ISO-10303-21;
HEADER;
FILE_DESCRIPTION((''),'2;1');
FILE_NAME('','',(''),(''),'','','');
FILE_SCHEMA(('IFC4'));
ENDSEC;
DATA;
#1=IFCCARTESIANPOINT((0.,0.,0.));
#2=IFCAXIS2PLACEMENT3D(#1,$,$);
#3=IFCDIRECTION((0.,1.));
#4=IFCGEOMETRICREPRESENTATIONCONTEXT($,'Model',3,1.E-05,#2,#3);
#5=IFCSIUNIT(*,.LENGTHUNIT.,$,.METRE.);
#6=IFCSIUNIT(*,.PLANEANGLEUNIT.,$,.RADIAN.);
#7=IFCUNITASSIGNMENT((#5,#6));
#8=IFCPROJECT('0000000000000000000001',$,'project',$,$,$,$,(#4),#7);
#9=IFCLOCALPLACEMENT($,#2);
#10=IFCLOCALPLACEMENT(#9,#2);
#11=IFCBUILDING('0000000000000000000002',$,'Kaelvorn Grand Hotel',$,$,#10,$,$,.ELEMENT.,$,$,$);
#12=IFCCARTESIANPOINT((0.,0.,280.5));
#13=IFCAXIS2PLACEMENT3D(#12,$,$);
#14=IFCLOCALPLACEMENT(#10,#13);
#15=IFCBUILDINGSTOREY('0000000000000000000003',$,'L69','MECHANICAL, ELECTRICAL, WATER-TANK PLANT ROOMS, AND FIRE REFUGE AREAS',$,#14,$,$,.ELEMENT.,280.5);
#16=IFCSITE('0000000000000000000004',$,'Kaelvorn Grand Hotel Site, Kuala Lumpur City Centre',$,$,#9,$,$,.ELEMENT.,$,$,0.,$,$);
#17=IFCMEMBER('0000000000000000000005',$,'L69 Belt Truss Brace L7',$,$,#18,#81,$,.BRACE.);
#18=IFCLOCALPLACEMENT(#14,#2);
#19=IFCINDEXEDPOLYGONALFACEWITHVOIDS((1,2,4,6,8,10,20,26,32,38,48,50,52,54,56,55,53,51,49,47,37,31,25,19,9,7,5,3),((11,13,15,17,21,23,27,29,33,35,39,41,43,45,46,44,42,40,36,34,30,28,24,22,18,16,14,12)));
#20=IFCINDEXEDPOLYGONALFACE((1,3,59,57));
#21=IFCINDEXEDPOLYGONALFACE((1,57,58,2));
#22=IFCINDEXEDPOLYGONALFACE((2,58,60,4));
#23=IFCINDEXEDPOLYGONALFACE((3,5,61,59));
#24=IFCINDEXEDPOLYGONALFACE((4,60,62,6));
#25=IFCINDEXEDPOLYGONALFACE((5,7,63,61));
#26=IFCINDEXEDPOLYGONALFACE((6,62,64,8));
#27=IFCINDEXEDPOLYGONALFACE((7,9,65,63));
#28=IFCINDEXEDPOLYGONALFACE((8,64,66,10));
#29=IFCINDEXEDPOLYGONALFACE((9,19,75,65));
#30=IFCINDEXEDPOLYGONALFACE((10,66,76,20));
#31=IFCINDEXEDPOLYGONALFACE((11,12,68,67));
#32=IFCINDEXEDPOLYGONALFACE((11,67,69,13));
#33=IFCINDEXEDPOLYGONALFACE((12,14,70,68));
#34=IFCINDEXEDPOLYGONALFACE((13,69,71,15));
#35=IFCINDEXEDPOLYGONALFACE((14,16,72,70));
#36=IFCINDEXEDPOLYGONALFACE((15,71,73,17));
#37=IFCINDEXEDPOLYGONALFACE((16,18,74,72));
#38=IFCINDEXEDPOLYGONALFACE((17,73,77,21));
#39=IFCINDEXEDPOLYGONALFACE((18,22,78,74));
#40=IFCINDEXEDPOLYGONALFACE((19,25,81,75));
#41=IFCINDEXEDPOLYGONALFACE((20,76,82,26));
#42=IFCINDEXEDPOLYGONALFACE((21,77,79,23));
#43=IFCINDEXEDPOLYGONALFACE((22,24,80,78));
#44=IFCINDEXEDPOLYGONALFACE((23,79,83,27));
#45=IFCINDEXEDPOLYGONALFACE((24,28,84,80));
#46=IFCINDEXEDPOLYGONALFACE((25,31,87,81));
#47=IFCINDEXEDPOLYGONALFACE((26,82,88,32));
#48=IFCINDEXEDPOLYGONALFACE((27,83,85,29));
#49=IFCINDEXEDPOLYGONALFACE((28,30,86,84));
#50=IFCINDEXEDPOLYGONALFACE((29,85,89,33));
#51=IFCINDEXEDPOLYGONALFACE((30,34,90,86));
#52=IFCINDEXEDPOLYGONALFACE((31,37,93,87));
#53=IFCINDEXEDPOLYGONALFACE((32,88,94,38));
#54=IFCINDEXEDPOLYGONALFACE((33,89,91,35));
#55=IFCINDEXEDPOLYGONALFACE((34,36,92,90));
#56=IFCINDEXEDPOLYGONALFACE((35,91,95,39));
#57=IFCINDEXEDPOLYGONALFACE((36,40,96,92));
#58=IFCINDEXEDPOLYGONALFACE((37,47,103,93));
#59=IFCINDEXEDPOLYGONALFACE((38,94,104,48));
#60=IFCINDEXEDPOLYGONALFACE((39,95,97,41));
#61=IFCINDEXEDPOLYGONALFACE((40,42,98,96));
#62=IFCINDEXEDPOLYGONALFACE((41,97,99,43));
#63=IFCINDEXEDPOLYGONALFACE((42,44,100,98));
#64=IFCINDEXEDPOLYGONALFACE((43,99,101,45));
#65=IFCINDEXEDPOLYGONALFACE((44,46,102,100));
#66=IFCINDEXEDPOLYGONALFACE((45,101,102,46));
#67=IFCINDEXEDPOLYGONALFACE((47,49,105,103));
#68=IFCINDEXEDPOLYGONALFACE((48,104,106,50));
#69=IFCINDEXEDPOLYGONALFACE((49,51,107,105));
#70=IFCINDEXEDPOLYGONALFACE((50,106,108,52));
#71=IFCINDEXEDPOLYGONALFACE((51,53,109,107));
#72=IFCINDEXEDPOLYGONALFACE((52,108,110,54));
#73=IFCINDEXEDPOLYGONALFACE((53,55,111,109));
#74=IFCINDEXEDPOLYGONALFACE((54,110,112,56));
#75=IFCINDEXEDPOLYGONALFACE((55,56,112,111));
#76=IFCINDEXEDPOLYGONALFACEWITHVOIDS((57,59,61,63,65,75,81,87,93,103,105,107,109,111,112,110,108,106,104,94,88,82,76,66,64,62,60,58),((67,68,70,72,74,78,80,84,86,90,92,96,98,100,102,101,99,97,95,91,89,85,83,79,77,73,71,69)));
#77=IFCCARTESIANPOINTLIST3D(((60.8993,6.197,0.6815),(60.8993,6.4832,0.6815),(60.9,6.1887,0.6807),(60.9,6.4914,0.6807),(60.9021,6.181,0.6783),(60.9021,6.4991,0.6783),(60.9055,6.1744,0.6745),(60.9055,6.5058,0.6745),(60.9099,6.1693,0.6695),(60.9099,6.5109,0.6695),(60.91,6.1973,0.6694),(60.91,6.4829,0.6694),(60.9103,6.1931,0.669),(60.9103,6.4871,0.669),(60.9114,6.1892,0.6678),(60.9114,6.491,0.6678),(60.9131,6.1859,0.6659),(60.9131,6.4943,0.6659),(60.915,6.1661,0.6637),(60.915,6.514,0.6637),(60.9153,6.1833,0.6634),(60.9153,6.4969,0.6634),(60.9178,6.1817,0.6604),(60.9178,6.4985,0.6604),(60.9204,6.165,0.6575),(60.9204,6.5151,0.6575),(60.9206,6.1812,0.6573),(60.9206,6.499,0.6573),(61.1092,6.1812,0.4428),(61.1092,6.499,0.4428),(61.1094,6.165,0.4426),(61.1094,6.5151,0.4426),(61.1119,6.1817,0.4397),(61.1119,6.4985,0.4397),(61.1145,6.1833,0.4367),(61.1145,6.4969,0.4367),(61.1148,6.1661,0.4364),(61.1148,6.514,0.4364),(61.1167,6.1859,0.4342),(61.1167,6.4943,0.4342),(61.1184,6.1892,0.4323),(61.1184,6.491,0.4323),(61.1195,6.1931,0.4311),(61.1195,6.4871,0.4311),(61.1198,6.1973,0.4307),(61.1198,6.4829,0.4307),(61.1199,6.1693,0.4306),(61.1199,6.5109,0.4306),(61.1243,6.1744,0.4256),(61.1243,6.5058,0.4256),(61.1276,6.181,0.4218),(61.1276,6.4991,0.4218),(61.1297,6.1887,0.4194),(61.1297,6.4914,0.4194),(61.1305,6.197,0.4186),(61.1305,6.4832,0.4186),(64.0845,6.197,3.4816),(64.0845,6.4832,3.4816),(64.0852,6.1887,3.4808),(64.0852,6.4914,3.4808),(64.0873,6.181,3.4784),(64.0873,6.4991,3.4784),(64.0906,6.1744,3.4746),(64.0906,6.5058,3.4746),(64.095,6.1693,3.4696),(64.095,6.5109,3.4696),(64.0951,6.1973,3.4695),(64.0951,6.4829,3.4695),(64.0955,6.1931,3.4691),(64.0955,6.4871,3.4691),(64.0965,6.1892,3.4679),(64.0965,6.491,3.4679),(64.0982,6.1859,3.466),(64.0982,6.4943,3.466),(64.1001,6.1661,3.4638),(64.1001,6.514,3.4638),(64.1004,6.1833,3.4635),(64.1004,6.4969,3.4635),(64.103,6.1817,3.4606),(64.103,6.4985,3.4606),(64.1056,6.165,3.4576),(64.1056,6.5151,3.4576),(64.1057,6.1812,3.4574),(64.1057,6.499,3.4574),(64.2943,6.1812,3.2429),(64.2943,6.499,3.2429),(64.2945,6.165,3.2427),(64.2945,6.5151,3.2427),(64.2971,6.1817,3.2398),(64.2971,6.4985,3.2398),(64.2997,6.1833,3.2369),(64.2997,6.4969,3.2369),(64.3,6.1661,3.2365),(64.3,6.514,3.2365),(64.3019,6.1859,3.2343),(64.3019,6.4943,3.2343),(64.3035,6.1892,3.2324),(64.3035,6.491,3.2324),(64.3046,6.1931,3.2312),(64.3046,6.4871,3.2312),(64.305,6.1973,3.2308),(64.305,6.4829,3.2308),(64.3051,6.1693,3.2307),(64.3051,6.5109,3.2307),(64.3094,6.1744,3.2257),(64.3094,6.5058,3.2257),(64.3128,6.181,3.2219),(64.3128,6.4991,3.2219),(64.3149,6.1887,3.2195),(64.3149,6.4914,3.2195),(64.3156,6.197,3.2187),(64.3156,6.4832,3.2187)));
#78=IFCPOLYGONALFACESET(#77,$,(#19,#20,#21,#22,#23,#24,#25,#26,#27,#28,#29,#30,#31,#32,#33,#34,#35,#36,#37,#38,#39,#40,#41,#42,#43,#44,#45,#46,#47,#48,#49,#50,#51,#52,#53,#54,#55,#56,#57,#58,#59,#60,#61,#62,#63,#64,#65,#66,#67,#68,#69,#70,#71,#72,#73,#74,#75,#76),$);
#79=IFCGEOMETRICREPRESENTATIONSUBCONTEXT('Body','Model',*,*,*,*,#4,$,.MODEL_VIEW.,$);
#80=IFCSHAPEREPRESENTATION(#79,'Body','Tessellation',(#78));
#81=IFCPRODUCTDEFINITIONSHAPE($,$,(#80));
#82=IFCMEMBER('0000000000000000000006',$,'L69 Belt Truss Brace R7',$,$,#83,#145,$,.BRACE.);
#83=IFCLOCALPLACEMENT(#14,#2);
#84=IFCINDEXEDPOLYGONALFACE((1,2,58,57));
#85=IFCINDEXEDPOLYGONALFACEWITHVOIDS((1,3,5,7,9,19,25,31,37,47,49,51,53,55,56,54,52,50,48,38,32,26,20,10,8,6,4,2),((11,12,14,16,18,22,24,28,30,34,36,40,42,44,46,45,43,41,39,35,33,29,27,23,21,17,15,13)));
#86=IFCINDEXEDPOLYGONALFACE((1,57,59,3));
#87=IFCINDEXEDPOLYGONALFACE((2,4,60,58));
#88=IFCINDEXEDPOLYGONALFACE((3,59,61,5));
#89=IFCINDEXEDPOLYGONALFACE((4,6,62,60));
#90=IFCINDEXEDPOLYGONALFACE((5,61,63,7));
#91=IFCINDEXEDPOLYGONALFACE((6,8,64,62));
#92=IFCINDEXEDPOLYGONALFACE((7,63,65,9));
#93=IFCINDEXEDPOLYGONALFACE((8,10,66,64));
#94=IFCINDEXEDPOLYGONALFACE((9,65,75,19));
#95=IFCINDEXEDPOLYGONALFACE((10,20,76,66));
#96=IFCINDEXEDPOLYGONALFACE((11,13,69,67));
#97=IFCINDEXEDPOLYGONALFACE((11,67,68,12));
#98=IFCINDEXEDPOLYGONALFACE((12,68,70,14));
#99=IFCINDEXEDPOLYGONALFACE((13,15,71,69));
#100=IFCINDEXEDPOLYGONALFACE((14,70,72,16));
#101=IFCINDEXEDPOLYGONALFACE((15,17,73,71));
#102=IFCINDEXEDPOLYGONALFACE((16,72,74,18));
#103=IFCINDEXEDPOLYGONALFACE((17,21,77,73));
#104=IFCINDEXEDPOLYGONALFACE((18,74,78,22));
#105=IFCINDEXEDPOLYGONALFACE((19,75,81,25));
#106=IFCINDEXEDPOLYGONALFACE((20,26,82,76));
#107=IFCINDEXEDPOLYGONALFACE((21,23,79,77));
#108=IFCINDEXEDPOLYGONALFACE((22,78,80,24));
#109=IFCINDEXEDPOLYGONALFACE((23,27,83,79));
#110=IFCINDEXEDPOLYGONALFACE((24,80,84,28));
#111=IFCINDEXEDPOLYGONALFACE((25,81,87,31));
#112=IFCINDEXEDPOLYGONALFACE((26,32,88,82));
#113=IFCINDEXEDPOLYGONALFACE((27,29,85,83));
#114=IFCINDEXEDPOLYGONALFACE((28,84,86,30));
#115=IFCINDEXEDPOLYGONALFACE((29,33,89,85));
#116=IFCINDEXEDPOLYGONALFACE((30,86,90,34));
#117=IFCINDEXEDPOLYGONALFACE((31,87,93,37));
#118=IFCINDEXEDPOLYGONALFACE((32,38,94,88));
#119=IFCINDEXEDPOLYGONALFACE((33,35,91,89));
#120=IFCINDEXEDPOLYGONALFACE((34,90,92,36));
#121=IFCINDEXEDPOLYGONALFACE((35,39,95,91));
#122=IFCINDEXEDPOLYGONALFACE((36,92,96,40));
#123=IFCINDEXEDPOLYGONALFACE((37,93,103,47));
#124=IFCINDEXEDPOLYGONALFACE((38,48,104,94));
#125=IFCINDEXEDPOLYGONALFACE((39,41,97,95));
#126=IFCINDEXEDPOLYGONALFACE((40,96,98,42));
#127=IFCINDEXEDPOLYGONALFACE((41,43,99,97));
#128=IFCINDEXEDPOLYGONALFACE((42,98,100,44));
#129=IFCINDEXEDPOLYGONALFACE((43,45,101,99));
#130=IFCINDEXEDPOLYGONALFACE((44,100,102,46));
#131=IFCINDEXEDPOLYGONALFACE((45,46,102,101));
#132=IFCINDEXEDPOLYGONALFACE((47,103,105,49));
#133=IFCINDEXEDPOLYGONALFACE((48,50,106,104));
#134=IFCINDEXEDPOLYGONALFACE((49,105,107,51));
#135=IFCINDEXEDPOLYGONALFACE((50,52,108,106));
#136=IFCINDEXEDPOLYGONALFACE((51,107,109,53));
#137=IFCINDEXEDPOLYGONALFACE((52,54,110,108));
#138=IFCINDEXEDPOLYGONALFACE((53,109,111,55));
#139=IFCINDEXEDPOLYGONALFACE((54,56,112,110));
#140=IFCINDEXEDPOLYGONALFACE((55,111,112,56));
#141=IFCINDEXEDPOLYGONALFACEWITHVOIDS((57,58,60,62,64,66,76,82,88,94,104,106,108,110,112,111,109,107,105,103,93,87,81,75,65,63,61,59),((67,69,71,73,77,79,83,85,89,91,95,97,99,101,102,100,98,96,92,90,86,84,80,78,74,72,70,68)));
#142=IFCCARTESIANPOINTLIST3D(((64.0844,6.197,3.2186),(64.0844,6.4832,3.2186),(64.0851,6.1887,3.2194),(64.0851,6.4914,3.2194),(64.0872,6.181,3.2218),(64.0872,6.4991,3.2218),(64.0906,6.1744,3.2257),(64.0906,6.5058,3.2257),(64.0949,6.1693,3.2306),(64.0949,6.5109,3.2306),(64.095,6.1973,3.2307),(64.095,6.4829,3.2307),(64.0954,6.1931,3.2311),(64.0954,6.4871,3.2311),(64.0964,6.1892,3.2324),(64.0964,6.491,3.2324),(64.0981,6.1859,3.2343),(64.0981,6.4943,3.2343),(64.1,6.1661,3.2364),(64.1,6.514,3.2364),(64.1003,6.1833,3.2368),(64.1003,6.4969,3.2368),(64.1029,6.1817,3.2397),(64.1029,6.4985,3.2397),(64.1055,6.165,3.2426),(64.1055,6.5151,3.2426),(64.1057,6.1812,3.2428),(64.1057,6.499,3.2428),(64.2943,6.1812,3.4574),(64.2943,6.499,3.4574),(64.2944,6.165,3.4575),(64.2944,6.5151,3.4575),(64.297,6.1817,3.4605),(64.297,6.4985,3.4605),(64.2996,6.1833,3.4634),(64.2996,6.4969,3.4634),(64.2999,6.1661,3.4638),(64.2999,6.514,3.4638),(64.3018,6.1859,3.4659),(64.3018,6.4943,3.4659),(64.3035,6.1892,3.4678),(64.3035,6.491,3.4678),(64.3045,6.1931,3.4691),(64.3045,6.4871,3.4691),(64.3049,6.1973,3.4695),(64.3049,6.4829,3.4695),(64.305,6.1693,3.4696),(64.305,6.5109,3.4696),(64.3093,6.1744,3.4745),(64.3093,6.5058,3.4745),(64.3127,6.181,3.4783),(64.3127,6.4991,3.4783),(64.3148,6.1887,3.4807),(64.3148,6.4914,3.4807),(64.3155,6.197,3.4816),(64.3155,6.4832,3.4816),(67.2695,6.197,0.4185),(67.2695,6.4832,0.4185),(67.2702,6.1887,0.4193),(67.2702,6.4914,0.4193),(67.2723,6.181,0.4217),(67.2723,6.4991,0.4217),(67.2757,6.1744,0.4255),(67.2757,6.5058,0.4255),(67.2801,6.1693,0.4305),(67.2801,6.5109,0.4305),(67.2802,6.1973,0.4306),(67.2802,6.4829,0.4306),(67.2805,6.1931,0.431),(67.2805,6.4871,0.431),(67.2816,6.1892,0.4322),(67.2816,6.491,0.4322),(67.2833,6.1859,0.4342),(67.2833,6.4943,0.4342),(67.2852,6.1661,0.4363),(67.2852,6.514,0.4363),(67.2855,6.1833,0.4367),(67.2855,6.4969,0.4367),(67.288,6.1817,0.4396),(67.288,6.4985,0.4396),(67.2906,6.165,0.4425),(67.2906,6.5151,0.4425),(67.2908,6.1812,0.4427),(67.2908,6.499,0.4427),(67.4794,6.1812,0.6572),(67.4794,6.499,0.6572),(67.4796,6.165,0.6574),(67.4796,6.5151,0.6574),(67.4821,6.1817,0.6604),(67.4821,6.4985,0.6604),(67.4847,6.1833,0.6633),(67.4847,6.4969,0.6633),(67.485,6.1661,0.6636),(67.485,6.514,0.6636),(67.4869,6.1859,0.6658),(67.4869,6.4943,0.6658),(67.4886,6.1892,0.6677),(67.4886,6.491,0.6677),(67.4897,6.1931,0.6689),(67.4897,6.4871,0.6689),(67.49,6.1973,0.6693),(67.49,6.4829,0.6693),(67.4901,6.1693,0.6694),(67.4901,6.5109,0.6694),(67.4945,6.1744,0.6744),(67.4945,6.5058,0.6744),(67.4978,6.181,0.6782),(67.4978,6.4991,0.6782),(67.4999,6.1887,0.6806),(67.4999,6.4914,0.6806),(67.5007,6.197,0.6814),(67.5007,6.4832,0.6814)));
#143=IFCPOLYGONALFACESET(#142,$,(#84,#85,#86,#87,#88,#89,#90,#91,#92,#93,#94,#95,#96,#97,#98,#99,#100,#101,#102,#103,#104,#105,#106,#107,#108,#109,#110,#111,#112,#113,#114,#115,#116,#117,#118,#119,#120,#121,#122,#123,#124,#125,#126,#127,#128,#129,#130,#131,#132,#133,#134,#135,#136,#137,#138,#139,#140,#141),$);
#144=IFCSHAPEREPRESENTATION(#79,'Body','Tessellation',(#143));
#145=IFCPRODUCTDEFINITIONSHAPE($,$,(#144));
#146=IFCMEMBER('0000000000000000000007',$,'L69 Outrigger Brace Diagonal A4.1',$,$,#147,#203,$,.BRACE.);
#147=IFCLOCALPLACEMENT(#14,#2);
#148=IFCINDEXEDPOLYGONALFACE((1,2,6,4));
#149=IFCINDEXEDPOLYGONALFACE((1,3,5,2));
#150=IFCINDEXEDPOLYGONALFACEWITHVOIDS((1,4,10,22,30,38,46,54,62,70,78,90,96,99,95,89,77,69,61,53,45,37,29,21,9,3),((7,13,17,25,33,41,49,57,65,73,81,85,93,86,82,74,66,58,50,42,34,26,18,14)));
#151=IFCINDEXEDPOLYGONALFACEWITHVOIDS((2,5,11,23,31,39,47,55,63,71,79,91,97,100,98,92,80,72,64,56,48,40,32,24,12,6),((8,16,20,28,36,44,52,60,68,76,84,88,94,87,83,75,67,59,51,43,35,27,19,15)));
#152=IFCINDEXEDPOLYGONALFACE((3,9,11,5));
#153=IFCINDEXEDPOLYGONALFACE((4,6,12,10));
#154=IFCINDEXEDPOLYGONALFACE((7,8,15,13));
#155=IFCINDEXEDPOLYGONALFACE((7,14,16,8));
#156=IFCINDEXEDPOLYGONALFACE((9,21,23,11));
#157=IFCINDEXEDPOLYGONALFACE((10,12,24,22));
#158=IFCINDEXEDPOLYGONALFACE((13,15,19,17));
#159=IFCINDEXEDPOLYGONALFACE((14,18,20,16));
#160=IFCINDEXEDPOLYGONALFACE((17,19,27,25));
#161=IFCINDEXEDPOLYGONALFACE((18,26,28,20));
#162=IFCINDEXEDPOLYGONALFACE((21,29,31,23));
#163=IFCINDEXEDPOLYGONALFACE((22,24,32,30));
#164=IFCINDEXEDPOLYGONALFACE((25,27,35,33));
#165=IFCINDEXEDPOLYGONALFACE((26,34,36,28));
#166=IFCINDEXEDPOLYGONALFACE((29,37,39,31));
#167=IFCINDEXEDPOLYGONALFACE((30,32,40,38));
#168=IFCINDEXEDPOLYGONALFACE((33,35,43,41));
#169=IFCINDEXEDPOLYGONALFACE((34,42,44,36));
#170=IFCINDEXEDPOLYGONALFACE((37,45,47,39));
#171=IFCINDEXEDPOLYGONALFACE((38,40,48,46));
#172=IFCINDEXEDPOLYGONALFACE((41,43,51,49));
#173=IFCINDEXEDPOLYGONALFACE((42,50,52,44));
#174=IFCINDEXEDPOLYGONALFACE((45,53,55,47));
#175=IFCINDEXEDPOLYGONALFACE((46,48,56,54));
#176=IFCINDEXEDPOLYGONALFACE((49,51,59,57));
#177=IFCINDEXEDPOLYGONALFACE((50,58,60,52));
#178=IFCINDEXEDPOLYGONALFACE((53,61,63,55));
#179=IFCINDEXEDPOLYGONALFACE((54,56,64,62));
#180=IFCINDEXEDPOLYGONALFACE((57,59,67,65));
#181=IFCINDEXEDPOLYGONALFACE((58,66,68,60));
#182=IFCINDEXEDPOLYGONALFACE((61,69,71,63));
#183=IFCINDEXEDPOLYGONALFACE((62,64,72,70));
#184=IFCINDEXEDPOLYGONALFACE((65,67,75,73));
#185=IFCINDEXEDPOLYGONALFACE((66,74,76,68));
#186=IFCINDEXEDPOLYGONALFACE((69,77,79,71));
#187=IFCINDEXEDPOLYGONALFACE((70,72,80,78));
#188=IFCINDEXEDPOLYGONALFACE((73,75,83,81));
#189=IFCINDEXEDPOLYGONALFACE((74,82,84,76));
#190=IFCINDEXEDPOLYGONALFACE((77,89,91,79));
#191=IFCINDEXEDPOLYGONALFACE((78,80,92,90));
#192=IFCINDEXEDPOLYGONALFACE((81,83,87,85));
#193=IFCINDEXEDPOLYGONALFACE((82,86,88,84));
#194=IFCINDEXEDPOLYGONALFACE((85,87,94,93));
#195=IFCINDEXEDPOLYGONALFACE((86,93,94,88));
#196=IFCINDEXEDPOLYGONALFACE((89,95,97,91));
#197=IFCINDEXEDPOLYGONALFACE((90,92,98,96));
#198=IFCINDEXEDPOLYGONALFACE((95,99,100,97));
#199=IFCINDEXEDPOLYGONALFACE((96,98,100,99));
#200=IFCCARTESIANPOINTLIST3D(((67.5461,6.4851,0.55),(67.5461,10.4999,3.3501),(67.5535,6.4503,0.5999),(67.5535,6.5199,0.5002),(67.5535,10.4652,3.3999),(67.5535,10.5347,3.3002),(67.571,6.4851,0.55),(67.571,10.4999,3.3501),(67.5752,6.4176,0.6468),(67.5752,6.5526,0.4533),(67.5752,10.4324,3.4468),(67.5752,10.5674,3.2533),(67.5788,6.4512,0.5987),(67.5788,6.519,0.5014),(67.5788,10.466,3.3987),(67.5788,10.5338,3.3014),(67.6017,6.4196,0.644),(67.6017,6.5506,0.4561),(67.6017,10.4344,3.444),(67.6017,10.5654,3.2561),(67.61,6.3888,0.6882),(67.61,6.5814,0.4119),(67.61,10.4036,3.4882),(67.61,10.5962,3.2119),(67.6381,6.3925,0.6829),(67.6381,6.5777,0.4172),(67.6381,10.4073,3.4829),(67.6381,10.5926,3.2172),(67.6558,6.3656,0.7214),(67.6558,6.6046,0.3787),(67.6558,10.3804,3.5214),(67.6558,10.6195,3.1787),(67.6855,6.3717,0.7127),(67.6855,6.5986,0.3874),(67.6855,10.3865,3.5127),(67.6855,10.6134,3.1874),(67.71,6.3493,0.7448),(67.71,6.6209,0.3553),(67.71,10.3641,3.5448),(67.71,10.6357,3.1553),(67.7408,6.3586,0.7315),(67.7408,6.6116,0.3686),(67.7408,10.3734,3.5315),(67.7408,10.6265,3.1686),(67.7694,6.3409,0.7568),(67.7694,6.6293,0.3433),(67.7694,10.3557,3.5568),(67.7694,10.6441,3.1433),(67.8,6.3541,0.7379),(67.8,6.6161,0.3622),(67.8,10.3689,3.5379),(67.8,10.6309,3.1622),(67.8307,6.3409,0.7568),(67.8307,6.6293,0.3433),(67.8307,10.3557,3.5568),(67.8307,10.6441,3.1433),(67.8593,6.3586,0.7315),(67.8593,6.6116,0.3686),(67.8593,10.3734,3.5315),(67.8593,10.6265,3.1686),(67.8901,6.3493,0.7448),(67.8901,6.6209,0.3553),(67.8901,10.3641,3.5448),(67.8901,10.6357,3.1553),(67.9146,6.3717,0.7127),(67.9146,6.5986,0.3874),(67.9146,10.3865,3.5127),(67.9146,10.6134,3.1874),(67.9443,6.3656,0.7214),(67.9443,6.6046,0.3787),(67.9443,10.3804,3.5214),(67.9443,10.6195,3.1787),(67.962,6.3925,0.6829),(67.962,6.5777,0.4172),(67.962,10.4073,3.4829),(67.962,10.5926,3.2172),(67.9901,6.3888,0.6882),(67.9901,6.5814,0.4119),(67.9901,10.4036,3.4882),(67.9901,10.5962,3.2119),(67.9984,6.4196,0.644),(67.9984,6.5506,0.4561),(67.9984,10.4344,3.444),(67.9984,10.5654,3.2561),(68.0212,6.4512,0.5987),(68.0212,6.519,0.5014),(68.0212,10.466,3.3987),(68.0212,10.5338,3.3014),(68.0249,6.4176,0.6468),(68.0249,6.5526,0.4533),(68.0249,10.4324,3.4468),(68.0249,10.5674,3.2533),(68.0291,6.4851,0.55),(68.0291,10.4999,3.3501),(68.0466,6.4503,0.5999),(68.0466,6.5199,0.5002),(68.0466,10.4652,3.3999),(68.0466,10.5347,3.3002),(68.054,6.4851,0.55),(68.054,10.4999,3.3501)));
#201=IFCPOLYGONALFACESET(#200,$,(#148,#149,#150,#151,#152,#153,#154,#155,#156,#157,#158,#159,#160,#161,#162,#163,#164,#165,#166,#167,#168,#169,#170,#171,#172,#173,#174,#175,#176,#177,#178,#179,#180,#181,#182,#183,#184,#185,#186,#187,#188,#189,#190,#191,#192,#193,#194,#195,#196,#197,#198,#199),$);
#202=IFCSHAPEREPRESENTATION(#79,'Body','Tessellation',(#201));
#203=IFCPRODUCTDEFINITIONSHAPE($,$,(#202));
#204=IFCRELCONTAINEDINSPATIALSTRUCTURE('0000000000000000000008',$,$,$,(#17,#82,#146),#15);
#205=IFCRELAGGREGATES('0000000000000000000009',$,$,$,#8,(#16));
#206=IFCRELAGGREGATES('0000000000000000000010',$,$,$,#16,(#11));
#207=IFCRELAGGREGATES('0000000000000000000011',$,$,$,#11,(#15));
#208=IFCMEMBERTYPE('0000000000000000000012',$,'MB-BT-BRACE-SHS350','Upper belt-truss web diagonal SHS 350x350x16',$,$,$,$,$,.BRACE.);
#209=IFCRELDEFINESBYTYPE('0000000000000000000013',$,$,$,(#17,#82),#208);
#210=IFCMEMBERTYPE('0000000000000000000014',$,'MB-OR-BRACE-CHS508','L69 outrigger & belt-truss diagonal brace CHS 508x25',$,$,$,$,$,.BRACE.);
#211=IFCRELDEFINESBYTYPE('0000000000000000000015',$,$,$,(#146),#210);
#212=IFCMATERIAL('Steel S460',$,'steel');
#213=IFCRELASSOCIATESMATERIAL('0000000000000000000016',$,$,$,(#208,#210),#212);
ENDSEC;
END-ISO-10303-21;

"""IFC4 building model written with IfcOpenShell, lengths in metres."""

from ifc_helpers import new_model, si_unit, direction, frame, origin, origin_2d, place, context, subcontext, project, spatial, hollow_rectangle, hollow_circle, extrude, material, material_profile, profile_set, type_object, element, save


model = new_model("IFC4")

# Units and contexts
model_context = context("Model", 3, precision=1e-05, world=origin(), true_north=direction((0.0, 1.0)))
body_context = subcontext(model_context, "Body", "Model", "MODEL_VIEW")
ifc_project = project(units=[si_unit("LENGTHUNIT", "METRE"), si_unit("PLANEANGLEUNIT", "RADIAN")], contexts=[model_context])

# Site, building, storey
site_placement = place(None, origin())
site = spatial("IfcSite", under=ifc_project, at=site_placement, Name="Kaelvorn Grand Hotel Site, Kuala Lumpur City Centre", CompositionType="ELEMENT", RefElevation=0.0)
building_placement = place(site_placement, origin())
building = spatial("IfcBuilding", under=site, at=building_placement, Name="Kaelvorn Grand Hotel", CompositionType="ELEMENT")
storey_placement = place(building_placement, frame((0.0, 0.0, 280.5)))
storey = spatial("IfcBuildingStorey", under=building, at=storey_placement, Name="L69", Description="MECHANICAL, ELECTRICAL, WATER-TANK PLANT ROOMS, AND FIRE REFUGE AREAS", CompositionType="ELEMENT", Elevation=280.5)

# Members
ifc_material_1 = material(Name="Steel S460", Category="steel")
ifc_material_profile_1 = material_profile(ifc_material_1, hollow_rectangle(XDim=0.3501, YDim=0.3501, WallThickness=0.0161, InnerFilletRadius=0.0161, OuterFilletRadius=0.032, at=origin_2d()), Name="SHS 350x350x16.0")
ifc_profile_set_1 = profile_set([ifc_material_profile_1], Name="Steel S460")
member_type_1 = type_object("IfcMemberType", Name="MB-BT-BRACE-SHS350", Description="Upper belt-truss web diagonal SHS 350x350x16", PredefinedType="BRACE", material=ifc_profile_set_1)
for number, where, z_axis, x_axis, name in (
    (1, (61.0149, 6.3401, 0.55), (0.751041, 0.0, 0.660255), (0.0, 1.0, 0.0), "L69 Belt Truss Brace L7"),
    (2, (64.2, 6.3401, 3.3501), (0.751041, 0.0, -0.660255), (0.0, 1.0, 0.0), "L69 Belt Truss Brace R7"),
):
    element("IfcMember", number, at=place(storey_placement, frame(where, z_axis=z_axis, x_axis=x_axis)), inside=storey, type_object=member_type_1, Name=name, PredefinedType="BRACE", context=body_context, shape_type="SweptSolid", body=[
        extrude(hollow_rectangle(XDim=0.3501, YDim=0.3501, WallThickness=0.0161, InnerFilletRadius=0.0161, OuterFilletRadius=0.032, at=origin_2d()), origin(), (0.0, 0.0, 1.0), 4.241),
    ])
ifc_material_profile_2 = material_profile(ifc_material_1, hollow_circle(Radius=0.2539, WallThickness=0.0249, at=origin_2d()), Name="CHS 508.0x25.0")
ifc_profile_set_2 = profile_set([ifc_material_profile_2], Name="Steel S460")
member_type_2 = type_object("IfcMemberType", Name="MB-OR-BRACE-CHS508", Description="L69 outrigger & belt-truss diagonal brace CHS 508x25", PredefinedType="BRACE", material=ifc_profile_set_2)
member_placement = place(storey_placement, frame((67.8, 6.4851, 0.55), z_axis=(0.0, 0.820227, 0.572039), x_axis=(-1.0, 0.0, 0.0)))
element("IfcMember", 3, at=member_placement, inside=storey, type_object=member_type_2, Name="L69 Outrigger Brace Diagonal A4.1", PredefinedType="BRACE", context=body_context, shape_type="SweptSolid", body=[
    extrude(hollow_circle(Radius=0.2539, WallThickness=0.0249, at=origin_2d()), origin(), (0.0, 0.0, 1.0), 4.8948),
])

save(model, "model.ifc")
